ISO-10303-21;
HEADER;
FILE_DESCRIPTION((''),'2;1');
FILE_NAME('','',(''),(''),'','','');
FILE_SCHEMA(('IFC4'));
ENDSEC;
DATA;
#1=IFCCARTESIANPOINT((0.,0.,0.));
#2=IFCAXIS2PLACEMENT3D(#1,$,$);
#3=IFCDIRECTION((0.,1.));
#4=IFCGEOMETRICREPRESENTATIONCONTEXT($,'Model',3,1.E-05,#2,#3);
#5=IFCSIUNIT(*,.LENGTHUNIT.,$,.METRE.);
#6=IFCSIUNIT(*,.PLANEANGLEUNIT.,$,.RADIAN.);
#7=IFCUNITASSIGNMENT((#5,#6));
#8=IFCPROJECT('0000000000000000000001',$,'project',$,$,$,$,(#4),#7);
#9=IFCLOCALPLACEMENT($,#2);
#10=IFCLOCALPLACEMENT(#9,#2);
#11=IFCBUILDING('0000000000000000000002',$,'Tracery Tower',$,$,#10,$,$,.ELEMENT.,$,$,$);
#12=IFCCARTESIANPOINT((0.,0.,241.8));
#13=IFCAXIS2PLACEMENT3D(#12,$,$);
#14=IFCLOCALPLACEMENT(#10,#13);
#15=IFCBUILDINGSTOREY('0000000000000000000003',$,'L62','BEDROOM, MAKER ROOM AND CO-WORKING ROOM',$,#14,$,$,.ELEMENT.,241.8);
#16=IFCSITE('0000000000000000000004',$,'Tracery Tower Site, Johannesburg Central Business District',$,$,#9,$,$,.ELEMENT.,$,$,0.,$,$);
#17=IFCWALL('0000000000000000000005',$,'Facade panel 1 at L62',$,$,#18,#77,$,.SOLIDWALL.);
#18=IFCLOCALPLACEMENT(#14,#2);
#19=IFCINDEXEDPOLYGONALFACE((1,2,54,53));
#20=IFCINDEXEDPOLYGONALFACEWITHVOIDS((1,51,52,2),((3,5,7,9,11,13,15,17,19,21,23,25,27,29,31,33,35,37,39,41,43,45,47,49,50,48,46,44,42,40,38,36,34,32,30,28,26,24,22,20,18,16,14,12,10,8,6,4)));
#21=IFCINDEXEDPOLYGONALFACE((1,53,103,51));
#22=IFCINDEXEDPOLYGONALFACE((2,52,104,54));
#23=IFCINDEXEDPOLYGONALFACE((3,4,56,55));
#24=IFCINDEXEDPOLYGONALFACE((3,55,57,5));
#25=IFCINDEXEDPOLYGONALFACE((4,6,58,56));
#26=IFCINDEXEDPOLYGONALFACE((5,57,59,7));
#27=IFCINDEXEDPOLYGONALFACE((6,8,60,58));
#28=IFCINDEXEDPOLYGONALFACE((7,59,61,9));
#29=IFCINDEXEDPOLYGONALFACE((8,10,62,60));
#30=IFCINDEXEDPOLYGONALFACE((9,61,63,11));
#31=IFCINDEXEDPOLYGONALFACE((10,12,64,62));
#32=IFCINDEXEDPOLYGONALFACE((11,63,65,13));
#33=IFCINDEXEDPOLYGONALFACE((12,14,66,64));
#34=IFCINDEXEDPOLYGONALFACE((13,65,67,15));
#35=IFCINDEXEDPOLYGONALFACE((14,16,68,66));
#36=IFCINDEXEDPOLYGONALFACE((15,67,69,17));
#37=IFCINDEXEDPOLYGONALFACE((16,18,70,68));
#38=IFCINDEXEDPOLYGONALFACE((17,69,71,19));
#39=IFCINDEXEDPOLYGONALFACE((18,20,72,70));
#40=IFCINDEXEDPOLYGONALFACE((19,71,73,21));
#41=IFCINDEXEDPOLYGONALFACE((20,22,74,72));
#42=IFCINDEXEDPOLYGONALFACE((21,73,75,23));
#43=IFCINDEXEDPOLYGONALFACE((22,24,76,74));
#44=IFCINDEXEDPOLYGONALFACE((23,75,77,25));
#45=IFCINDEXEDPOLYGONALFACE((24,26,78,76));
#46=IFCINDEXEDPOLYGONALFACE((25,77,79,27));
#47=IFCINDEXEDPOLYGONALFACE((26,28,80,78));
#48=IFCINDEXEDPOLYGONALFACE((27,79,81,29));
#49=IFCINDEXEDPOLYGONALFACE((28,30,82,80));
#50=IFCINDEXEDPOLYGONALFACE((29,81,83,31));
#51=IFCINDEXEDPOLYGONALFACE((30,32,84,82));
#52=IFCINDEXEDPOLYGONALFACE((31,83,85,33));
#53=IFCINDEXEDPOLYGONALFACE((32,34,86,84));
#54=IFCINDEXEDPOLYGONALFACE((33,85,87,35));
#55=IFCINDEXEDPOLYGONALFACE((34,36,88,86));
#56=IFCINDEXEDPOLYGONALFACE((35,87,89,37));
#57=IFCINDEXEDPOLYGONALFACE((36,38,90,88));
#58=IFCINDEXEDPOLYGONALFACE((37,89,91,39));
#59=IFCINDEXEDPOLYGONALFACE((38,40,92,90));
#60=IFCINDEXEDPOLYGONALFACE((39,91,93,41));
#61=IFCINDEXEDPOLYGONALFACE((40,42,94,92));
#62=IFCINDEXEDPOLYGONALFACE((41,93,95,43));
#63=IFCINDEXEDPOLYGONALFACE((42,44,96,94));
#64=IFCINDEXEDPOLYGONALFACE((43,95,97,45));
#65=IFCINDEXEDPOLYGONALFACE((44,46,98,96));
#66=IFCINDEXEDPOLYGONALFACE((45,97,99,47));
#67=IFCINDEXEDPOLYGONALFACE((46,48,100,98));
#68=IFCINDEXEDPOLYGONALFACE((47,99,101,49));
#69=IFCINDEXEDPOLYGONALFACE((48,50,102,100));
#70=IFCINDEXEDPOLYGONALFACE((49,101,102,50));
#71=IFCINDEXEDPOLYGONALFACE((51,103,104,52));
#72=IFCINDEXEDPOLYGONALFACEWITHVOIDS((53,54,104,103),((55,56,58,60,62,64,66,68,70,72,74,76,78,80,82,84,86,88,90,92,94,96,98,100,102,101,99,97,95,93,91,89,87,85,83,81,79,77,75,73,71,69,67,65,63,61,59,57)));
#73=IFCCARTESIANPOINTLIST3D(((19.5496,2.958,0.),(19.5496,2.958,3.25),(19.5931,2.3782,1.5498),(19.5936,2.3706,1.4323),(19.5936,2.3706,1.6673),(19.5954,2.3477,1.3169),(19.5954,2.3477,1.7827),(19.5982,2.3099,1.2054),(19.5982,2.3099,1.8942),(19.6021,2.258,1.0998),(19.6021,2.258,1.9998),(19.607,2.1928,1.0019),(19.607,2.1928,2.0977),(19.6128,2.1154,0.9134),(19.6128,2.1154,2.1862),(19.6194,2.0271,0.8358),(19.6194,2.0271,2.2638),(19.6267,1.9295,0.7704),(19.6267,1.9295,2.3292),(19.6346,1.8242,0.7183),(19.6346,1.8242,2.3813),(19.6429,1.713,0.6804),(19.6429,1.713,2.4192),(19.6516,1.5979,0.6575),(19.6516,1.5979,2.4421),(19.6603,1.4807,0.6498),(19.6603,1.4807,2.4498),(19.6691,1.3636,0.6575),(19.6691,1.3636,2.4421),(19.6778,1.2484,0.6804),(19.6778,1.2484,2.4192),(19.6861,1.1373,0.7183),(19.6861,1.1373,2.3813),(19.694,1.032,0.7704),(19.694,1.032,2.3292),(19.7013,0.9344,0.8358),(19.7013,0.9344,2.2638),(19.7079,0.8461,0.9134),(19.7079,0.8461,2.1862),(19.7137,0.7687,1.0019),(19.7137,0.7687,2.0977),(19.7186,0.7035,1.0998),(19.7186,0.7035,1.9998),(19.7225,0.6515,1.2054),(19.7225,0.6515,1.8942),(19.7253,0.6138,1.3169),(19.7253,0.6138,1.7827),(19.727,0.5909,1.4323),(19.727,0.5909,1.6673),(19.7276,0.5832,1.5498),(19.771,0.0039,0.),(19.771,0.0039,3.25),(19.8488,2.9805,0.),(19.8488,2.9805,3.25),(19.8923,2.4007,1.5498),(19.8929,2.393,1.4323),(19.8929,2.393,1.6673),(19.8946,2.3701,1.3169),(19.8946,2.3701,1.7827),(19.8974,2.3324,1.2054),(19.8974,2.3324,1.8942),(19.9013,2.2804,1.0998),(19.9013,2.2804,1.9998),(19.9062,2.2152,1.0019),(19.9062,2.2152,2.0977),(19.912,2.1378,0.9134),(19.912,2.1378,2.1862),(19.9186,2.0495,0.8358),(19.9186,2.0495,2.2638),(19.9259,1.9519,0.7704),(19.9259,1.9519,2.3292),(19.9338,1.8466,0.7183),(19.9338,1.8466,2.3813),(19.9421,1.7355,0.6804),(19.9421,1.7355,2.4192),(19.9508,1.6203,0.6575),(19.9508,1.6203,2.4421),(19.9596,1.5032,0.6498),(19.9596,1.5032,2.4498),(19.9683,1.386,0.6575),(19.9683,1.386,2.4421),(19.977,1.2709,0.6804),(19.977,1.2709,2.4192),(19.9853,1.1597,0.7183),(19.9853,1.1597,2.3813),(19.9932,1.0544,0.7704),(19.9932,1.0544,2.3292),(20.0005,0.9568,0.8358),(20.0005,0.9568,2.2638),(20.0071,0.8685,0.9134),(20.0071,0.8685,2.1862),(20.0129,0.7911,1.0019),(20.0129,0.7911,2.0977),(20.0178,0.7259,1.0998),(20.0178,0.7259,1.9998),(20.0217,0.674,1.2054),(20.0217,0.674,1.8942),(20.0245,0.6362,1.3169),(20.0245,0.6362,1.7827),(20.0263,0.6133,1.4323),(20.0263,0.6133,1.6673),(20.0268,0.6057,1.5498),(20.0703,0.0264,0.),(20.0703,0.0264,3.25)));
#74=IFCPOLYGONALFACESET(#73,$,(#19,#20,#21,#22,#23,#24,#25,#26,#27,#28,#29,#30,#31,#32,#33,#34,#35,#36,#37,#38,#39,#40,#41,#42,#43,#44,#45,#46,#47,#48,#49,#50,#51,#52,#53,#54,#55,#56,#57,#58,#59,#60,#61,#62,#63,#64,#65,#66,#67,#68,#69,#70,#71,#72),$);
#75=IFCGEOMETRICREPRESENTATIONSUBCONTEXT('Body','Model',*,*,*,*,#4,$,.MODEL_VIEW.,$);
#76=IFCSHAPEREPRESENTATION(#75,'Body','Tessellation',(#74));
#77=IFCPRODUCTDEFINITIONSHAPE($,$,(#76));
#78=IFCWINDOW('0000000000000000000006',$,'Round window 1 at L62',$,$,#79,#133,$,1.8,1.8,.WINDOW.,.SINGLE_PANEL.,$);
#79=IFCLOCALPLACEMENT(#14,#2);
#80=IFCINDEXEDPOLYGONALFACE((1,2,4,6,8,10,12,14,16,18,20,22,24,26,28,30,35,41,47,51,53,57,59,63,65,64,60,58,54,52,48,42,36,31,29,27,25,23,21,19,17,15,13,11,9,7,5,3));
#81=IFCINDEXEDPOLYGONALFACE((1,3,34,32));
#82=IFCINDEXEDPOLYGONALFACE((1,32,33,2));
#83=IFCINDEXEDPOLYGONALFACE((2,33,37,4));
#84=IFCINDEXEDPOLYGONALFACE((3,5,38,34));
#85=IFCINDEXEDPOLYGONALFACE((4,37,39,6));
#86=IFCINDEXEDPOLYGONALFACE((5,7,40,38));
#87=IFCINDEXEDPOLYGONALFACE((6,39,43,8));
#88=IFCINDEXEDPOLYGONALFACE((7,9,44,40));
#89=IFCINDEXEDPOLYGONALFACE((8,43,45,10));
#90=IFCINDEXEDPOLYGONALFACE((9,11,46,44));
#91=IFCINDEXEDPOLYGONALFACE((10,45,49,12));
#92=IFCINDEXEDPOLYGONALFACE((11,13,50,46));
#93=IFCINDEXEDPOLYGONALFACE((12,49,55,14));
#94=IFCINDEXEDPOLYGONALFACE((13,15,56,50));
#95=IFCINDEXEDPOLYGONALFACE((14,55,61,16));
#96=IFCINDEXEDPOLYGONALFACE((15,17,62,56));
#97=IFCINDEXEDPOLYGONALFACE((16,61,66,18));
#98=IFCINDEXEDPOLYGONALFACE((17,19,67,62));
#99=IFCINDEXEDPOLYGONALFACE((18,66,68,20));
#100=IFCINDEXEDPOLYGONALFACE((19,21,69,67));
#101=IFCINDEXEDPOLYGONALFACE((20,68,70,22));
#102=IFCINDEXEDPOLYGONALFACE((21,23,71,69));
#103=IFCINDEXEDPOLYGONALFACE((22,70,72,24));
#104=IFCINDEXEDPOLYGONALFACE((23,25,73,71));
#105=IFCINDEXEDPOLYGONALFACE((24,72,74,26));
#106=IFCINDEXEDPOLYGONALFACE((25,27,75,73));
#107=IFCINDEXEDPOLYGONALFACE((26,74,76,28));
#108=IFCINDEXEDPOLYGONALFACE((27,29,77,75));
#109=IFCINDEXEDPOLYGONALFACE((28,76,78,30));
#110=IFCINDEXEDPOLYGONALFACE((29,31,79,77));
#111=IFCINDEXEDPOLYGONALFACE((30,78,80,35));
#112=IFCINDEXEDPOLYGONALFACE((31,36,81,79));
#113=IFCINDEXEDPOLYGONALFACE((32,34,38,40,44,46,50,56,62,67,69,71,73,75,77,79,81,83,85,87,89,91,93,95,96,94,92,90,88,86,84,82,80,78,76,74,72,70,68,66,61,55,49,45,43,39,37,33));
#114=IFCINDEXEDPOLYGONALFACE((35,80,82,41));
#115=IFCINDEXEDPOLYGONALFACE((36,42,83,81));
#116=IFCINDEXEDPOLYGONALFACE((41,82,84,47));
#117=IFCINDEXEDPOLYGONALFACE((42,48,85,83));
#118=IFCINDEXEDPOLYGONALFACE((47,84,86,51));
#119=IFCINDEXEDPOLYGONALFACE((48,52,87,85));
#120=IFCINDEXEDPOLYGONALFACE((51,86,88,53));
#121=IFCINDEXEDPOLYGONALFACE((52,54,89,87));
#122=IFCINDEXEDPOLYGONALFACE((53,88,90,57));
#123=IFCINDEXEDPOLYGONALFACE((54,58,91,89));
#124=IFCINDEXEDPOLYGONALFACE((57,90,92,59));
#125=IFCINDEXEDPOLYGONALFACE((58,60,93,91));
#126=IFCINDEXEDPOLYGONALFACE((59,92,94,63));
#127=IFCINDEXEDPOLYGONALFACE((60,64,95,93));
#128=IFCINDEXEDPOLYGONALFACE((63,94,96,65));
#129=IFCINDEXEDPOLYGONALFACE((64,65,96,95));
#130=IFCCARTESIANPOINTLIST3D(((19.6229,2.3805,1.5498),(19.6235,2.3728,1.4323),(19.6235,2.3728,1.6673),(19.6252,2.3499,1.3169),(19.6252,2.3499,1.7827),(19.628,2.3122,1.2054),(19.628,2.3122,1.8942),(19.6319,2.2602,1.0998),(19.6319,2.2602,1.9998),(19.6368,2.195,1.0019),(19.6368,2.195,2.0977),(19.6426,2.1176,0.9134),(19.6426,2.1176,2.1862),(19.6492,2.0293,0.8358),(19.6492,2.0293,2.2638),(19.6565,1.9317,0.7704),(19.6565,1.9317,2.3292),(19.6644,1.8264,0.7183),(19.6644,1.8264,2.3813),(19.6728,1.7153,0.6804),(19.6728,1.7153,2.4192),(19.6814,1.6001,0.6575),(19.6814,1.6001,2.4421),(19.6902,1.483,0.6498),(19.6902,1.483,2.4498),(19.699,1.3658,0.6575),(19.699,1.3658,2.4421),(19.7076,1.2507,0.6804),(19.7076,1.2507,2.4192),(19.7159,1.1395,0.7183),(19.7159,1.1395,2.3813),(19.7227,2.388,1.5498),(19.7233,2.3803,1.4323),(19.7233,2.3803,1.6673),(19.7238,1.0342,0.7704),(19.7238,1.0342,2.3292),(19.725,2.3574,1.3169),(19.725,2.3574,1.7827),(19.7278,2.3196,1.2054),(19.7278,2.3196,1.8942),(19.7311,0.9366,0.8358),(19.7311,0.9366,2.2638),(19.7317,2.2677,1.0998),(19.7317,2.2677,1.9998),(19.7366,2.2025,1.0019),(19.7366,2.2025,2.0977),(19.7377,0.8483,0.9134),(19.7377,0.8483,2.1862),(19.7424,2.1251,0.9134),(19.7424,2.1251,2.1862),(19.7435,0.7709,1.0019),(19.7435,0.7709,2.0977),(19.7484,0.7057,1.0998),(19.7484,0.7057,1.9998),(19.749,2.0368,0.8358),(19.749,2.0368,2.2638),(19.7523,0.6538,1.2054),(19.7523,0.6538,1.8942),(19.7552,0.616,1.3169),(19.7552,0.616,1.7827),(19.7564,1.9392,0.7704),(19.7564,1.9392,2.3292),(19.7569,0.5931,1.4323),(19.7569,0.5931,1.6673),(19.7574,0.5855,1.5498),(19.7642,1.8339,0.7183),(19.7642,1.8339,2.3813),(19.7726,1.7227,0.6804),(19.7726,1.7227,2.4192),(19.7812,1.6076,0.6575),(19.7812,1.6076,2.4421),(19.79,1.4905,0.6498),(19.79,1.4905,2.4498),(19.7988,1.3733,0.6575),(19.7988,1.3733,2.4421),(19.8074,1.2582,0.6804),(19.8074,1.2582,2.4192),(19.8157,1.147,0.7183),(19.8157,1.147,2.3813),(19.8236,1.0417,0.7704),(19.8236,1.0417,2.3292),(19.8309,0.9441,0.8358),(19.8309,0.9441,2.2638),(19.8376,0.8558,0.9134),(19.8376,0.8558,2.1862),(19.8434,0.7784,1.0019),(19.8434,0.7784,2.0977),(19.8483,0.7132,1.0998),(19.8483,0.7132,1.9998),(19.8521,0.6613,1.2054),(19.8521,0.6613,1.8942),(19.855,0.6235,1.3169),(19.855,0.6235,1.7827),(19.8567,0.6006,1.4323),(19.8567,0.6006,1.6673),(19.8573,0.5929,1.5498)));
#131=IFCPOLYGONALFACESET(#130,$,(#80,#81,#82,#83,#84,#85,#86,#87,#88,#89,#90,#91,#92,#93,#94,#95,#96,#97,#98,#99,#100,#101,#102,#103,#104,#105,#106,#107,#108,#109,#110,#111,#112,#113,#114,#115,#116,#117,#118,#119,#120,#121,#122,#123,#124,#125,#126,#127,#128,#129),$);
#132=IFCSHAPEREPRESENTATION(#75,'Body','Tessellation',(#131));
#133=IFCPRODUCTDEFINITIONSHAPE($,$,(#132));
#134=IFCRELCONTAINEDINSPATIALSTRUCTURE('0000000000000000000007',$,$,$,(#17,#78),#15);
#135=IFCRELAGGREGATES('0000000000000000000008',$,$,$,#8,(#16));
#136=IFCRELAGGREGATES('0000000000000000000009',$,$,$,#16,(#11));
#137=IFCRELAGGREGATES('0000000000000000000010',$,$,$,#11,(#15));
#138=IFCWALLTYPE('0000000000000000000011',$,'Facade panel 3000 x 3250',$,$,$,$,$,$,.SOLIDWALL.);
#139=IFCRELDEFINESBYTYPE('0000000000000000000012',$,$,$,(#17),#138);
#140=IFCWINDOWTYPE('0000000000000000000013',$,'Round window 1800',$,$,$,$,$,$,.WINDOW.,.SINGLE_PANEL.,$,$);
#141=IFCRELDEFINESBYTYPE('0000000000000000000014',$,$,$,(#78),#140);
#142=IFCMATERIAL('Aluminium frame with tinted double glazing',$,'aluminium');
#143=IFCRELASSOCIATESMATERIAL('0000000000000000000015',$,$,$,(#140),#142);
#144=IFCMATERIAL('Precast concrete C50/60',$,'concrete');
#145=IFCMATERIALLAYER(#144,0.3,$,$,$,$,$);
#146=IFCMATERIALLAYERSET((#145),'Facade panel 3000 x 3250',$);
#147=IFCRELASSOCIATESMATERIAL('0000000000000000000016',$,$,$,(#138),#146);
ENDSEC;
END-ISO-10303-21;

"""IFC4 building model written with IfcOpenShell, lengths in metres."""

from ifc_helpers import new_model, si_unit, direction, frame, frame_2d, origin, origin_2d, place, context, subcontext, project, spatial, rectangle, circle, extrude, material, layer, layer_set, type_object, element, fill, save


model = new_model("IFC4")

# Units and contexts
model_context = context("Model", 3, precision=1e-05, world=origin(), true_north=direction((0.0, 1.0)))
body_context = subcontext(model_context, "Body", "Model", "MODEL_VIEW")
ifc_project = project(units=[si_unit("LENGTHUNIT", "METRE"), si_unit("PLANEANGLEUNIT", "RADIAN")], contexts=[model_context])

# Site, building, storey
site_placement = place(None, origin())
site = spatial("IfcSite", under=ifc_project, at=site_placement, Name="Tracery Tower Site, Johannesburg Central Business District", CompositionType="ELEMENT", RefElevation=0.0)
building_placement = place(site_placement, origin())
building = spatial("IfcBuilding", under=site, at=building_placement, Name="Tracery Tower", CompositionType="ELEMENT")
storey_placement = place(building_placement, frame((0.0, 0.0, 241.8)))
storey = spatial("IfcBuildingStorey", under=building, at=storey_placement, Name="L62", Description="BEDROOM, MAKER ROOM AND CO-WORKING ROOM", CompositionType="ELEMENT", Elevation=241.8)

# Wall, opening, window
ifc_material_1 = material(Name="Aluminium frame with tinted double glazing", Category="aluminium")
window_type = type_object("IfcWindowType", Name="Round window 1800", PartitioningType="SINGLE_PANEL", PredefinedType="WINDOW", material=ifc_material_1)
ifc_material_2 = material(Name="Precast concrete C50/60", Category="concrete")
ifc_layer_1 = layer(ifc_material_2, 0.3)
ifc_layer_set_1 = layer_set([ifc_layer_1], Name="Facade panel 3000 x 3250")
wall_type_1 = type_object("IfcWallType", Name="Facade panel 3000 x 3250", PredefinedType="SOLIDWALL", material=ifc_layer_set_1)
wall_1_placement = place(storey_placement, frame((19.9207, 0.0151, 0.0), z_axis=(0.0, 0.0, 1.0), x_axis=(-0.074749, 0.997202, 0.0)))
wall_1 = element("IfcWall", 1, at=wall_1_placement, inside=storey, type_object=wall_type_1, Name="Facade panel 1 at L62", PredefinedType="SOLIDWALL", context=body_context, shape_type="SweptSolid", body=[
    extrude(rectangle(XDim=2.9624, YDim=0.3, at=frame_2d((1.4812, 0.0))), origin(), (0.0, 0.0, 1.0), 3.25),
])
opening_1_placement = place(wall_1_placement, frame((1.481, 0.0, 1.5498)))
opening_1 = element("IfcOpeningElement", 2, at=opening_1_placement, cuts=wall_1, PredefinedType="OPENING", context=body_context, shape_type="SweptSolid", body=[
    extrude(circle(Radius=0.9, at=origin_2d()), frame((0.0, 0.1599, 0.0), z_axis=(0.0, -1.0, 0.0), x_axis=(1.0, 0.0, 0.0)), (0.0, 0.0, 1.0), 0.3201),
])
window_1_placement = place(opening_1_placement, origin())
window_1 = element("IfcWindow", 3, at=window_1_placement, inside=storey, type_object=window_type, Name="Round window 1 at L62", OverallHeight=1.8, OverallWidth=1.8, PartitioningType="SINGLE_PANEL", PredefinedType="WINDOW", context=body_context, shape_type="SweptSolid", body=[
    extrude(circle(Radius=0.9, at=origin_2d()), frame((0.0, 0.1201, 0.0), z_axis=(0.0, -1.0, 0.0), x_axis=(1.0, 0.0, 0.0)), (0.0, 0.0, 1.0), 0.1001),
])
fill(opening_1, window_1)

save(model, "model.ifc")
